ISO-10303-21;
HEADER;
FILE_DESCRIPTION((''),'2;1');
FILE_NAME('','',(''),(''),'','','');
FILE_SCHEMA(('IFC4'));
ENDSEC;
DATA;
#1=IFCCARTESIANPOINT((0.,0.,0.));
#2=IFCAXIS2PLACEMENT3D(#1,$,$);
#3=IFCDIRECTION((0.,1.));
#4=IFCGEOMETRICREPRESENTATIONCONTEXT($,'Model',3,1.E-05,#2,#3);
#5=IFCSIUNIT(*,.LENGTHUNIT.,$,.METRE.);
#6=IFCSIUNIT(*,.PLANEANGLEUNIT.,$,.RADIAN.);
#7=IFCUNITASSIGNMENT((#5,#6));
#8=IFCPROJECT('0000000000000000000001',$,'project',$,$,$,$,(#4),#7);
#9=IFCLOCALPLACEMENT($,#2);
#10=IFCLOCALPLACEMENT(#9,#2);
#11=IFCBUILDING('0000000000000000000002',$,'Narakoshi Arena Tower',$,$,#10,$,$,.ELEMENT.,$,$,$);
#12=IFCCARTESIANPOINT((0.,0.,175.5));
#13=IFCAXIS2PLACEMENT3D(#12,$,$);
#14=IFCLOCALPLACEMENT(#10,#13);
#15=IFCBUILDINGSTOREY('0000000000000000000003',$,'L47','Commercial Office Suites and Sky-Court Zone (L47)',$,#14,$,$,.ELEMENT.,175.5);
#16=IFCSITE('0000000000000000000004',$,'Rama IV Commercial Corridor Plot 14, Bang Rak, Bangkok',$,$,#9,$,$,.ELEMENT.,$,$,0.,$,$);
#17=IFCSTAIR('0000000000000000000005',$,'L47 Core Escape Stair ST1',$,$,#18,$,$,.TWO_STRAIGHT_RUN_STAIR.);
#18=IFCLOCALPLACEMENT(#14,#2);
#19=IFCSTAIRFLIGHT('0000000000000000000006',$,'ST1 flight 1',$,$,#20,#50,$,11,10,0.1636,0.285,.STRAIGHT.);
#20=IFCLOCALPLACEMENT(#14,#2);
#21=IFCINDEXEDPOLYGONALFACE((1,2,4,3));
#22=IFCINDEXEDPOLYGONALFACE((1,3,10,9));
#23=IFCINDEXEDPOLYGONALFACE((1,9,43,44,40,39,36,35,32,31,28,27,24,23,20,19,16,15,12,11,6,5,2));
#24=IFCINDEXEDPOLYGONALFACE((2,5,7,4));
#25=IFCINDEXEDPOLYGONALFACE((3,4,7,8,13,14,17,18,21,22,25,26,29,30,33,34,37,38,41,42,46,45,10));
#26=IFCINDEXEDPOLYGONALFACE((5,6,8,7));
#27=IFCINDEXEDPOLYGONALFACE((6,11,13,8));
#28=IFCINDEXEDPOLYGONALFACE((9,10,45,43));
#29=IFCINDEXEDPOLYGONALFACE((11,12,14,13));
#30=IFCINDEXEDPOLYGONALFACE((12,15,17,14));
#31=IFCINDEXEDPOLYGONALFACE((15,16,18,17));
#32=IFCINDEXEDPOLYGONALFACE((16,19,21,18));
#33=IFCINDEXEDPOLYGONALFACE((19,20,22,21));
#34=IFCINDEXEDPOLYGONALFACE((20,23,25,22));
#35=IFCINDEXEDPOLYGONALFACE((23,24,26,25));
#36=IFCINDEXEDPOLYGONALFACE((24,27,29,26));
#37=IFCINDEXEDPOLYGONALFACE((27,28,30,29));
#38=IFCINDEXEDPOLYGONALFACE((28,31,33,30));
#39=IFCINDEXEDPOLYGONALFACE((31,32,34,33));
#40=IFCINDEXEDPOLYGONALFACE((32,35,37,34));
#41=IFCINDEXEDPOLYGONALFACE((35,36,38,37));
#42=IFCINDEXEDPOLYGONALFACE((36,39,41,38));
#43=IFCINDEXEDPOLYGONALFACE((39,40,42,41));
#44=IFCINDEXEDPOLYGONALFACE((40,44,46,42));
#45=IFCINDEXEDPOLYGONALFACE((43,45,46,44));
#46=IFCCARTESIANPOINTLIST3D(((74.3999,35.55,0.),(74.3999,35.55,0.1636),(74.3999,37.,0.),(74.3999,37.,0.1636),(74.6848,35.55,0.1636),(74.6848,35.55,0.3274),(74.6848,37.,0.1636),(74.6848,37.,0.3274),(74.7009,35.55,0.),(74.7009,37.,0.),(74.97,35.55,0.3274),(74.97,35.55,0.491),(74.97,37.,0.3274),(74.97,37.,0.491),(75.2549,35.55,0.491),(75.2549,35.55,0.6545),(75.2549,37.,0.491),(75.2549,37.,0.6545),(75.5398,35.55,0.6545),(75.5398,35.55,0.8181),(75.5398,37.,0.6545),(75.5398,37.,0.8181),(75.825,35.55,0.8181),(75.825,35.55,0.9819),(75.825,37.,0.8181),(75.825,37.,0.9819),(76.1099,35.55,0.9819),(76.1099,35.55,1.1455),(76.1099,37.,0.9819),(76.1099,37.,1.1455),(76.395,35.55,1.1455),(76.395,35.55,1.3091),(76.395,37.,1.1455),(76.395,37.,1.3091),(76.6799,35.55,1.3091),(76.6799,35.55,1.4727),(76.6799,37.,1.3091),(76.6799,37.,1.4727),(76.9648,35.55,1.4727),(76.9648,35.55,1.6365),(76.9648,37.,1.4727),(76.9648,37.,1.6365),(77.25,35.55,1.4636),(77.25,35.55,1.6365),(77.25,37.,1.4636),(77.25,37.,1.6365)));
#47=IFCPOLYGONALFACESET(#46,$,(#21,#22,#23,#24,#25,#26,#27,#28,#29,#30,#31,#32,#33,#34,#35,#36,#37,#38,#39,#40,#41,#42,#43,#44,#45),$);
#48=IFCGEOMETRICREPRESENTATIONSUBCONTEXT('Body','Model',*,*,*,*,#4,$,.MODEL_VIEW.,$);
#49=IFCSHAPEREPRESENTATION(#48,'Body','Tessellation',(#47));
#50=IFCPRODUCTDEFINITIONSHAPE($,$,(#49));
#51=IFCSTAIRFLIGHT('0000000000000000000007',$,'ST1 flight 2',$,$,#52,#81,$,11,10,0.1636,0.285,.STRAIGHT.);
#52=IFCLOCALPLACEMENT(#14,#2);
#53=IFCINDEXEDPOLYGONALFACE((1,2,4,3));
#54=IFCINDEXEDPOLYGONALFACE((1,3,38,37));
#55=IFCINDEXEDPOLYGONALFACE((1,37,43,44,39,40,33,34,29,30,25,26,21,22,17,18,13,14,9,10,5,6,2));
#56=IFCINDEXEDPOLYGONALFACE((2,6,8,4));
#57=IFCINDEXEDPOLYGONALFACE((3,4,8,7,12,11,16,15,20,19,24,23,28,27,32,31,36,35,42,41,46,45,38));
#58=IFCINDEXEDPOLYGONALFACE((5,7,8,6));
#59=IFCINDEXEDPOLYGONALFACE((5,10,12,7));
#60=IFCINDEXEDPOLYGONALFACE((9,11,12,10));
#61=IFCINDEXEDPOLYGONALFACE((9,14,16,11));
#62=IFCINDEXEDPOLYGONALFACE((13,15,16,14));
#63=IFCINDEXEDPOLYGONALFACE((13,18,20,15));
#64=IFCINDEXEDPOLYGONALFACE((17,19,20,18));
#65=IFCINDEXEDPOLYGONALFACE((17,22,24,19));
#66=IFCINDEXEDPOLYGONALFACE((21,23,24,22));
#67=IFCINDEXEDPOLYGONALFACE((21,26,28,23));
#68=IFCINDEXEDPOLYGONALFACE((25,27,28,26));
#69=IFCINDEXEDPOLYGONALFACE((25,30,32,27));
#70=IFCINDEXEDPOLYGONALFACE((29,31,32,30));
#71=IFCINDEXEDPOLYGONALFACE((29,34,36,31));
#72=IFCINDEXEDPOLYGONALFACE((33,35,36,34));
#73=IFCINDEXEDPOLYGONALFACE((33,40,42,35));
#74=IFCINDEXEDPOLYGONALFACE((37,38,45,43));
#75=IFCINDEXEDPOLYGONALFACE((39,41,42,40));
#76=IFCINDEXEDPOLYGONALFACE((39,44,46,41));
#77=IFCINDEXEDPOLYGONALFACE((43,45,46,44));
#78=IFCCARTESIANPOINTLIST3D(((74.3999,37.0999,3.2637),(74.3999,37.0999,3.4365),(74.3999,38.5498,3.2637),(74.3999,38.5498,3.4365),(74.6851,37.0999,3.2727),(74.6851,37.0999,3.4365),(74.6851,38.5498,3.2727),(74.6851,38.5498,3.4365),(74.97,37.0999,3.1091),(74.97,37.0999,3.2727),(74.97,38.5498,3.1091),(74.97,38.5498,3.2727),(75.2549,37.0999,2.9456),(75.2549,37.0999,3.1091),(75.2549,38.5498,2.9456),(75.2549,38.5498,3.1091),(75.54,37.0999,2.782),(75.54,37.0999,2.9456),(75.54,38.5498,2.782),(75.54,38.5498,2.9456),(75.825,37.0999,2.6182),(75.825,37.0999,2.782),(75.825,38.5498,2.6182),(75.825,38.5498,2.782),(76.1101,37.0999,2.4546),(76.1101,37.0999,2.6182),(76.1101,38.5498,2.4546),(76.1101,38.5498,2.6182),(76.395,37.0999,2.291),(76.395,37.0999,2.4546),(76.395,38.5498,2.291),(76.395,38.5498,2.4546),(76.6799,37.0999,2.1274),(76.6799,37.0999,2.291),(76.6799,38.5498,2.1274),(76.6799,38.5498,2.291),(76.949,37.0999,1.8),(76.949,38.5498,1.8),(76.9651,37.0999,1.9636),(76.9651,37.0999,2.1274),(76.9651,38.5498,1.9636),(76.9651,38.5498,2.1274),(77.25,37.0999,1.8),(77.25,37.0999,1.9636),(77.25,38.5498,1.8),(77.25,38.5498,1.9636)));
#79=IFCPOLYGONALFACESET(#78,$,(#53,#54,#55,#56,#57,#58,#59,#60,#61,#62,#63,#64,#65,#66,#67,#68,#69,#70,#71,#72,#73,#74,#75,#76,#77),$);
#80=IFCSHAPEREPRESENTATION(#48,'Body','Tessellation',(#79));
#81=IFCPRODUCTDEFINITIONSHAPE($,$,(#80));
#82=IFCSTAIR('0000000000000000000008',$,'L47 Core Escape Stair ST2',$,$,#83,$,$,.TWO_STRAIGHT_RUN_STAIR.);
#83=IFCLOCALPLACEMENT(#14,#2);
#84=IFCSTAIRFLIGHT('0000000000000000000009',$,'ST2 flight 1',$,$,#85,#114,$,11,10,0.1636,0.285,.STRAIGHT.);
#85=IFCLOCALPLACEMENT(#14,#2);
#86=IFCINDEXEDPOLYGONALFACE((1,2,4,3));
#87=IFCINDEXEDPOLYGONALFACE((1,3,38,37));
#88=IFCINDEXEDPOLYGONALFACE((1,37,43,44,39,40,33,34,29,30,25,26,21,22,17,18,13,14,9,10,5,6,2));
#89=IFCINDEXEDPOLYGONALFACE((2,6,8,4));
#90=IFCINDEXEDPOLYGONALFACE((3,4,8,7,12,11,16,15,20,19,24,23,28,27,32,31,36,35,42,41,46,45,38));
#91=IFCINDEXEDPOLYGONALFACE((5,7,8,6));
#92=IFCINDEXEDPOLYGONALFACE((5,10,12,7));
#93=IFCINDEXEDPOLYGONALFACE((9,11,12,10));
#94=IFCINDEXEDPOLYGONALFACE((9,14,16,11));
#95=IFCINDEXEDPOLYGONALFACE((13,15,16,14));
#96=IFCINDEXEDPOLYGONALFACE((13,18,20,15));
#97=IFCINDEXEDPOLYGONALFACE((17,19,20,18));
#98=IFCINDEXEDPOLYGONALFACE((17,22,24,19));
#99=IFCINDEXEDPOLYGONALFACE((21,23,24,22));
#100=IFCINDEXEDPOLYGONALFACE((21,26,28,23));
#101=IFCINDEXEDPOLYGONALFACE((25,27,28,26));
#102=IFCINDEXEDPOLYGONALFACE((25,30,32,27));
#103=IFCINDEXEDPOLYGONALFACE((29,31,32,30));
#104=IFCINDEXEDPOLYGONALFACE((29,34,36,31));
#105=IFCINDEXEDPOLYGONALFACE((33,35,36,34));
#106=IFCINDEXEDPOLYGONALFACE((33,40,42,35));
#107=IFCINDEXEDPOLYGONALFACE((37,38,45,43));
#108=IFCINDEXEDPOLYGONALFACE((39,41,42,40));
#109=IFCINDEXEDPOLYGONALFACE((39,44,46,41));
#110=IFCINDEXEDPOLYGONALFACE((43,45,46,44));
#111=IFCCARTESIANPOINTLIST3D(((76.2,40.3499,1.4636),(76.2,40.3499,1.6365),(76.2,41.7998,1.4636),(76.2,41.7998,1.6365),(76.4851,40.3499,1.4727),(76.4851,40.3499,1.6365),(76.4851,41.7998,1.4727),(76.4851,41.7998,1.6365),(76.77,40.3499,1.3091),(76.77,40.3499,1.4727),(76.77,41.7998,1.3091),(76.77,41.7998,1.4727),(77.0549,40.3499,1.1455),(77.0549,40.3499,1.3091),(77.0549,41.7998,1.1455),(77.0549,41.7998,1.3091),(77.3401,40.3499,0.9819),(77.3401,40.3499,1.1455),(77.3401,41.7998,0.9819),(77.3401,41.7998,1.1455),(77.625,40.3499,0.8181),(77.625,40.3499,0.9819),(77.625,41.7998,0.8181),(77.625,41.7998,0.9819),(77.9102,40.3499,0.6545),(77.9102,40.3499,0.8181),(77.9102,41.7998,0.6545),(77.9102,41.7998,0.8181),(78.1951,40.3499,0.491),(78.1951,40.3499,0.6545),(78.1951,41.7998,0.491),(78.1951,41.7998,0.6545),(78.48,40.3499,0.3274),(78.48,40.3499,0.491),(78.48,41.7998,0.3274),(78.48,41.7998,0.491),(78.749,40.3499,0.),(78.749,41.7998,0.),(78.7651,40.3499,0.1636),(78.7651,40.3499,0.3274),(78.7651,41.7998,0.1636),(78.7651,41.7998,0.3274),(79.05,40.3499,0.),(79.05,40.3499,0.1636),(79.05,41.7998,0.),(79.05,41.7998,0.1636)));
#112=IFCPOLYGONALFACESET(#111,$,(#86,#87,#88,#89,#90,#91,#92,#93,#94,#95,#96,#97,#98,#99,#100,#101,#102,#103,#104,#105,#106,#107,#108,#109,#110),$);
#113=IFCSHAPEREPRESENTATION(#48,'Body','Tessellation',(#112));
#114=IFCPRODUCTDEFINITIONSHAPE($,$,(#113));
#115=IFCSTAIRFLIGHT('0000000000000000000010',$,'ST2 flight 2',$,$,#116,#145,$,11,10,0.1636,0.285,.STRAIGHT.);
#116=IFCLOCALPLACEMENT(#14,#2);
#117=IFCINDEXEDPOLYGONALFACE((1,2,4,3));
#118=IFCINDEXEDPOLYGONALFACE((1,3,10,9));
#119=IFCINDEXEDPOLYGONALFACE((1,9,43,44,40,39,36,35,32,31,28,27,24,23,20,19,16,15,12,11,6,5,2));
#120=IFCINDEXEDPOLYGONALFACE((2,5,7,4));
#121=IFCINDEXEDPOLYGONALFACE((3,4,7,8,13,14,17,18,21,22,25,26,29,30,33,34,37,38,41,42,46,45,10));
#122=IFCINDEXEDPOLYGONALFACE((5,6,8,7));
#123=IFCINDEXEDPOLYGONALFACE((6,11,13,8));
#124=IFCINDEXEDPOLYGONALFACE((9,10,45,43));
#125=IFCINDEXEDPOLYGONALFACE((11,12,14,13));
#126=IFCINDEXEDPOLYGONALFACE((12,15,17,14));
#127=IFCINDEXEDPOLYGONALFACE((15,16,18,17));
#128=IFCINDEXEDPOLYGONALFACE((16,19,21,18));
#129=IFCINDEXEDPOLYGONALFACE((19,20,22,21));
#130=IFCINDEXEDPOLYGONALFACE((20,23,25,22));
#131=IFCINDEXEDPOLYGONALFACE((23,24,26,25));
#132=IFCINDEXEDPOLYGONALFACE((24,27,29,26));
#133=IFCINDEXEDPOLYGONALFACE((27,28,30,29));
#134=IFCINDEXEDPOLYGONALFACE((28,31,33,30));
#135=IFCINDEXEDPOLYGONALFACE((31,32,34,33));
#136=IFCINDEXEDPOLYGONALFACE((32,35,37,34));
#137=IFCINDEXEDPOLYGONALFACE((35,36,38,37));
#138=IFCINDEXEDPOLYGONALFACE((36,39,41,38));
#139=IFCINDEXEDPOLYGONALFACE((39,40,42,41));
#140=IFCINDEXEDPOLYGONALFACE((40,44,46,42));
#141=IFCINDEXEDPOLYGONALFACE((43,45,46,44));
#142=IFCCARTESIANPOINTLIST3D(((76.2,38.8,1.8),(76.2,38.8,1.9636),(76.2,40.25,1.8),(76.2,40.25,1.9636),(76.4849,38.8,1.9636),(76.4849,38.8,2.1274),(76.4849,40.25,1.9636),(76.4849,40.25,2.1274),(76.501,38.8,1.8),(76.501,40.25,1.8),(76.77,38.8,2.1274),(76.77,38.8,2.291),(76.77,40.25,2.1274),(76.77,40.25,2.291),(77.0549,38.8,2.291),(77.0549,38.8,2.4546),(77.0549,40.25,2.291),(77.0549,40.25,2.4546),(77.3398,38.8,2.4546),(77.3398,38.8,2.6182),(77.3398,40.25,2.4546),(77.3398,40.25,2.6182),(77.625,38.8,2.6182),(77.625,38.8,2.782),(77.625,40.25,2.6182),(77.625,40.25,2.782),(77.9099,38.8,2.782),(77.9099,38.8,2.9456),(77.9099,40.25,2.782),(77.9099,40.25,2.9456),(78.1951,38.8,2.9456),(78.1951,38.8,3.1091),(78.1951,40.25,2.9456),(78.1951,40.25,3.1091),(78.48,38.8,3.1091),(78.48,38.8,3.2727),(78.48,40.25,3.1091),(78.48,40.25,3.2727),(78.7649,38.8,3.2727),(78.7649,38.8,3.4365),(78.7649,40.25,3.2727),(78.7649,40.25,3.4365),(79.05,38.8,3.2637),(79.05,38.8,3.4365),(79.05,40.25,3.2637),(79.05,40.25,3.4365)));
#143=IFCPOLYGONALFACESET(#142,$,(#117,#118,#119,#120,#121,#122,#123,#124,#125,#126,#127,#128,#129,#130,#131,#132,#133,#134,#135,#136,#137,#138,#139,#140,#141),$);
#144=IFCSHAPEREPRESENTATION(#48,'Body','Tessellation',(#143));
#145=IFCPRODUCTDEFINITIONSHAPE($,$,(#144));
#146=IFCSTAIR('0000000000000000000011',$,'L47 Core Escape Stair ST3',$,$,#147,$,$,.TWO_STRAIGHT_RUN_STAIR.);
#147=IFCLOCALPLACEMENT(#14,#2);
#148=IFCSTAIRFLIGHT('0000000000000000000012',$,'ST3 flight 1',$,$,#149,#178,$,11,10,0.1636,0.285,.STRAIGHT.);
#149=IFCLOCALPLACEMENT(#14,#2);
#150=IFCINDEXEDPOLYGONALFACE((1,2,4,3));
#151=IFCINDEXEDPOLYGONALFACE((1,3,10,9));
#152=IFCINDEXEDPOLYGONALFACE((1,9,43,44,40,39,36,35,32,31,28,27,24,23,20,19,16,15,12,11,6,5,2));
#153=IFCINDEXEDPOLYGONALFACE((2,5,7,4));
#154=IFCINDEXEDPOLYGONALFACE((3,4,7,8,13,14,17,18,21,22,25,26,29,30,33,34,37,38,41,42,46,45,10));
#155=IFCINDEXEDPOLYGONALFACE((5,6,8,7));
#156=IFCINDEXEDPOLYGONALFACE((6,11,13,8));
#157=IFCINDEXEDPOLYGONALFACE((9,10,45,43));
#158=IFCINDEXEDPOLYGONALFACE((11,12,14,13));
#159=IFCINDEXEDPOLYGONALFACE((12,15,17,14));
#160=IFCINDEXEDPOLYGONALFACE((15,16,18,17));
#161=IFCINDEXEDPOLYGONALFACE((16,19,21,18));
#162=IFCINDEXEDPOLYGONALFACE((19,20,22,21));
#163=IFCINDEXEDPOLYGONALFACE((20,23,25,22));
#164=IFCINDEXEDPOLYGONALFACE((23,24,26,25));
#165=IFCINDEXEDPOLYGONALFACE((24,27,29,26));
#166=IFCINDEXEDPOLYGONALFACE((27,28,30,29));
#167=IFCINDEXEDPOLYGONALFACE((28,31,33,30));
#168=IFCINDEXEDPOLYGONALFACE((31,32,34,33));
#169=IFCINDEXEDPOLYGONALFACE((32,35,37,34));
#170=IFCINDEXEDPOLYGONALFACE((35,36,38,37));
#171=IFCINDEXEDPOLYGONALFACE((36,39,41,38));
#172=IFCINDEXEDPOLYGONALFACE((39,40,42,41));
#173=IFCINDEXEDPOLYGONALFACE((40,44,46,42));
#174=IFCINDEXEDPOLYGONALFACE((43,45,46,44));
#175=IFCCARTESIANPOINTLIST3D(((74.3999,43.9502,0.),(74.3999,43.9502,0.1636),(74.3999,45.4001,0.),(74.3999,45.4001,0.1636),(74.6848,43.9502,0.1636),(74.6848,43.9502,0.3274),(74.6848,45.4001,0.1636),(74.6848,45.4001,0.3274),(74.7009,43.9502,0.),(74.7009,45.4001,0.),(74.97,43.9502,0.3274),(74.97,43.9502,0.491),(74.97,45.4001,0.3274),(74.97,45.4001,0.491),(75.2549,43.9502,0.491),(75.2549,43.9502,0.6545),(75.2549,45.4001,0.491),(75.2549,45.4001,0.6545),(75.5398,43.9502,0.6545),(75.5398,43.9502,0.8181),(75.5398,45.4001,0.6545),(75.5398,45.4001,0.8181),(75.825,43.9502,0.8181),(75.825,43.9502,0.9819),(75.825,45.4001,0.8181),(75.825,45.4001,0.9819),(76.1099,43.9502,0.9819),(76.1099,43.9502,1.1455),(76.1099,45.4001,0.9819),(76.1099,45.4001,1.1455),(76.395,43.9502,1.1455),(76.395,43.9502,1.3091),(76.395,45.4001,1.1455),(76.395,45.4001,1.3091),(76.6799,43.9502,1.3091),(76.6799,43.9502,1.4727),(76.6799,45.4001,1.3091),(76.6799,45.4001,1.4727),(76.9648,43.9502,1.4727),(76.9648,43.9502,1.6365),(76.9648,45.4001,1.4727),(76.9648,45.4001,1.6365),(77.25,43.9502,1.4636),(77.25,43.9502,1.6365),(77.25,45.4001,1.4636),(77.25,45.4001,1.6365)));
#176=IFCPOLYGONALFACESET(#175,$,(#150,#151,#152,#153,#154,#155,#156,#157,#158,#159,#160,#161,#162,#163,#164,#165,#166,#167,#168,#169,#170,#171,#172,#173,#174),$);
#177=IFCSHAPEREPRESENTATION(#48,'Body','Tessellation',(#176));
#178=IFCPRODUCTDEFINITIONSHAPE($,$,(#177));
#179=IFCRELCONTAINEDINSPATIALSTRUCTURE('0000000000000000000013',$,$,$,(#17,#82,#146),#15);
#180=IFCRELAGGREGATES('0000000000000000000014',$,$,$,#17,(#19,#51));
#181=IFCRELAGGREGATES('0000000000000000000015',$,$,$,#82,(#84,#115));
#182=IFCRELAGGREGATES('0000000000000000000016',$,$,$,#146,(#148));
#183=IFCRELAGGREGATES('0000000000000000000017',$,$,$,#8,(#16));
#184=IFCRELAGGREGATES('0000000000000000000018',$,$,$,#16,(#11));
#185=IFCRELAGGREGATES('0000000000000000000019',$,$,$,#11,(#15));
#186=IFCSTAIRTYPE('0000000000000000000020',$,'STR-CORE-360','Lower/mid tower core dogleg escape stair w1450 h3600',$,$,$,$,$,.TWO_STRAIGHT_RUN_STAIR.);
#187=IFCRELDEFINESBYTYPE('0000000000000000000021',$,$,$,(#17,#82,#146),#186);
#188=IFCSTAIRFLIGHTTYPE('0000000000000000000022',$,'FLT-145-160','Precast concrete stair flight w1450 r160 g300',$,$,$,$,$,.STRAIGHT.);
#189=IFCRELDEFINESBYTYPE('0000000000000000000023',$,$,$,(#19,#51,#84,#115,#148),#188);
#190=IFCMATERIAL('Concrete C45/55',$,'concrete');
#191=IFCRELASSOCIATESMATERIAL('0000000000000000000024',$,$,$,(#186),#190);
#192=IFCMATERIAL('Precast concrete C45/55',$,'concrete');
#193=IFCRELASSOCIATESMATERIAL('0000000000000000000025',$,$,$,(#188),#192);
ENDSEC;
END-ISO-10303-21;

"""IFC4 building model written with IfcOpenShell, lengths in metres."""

from ifc_helpers import new_model, si_unit, direction, frame, origin, place, context, subcontext, project, spatial, polyline, outline, extrude, material, type_object, element, aggregate, save


model = new_model("IFC4")

# Units and contexts
model_context = context("Model", 3, precision=1e-05, world=origin(), true_north=direction((0.0, 1.0)))
body_context = subcontext(model_context, "Body", "Model", "MODEL_VIEW")
ifc_project = project(units=[si_unit("LENGTHUNIT", "METRE"), si_unit("PLANEANGLEUNIT", "RADIAN")], contexts=[model_context])

# Site, building, storey
site_placement = place(None, origin())
site = spatial("IfcSite", under=ifc_project, at=site_placement, Name="Rama IV Commercial Corridor Plot 14, Bang Rak, Bangkok", CompositionType="ELEMENT", RefElevation=0.0)
building_placement = place(site_placement, origin())
building = spatial("IfcBuilding", under=site, at=building_placement, Name="Narakoshi Arena Tower", CompositionType="ELEMENT")
storey_placement = place(building_placement, frame((0.0, 0.0, 175.5)))
storey = spatial("IfcBuildingStorey", under=building, at=storey_placement, Name="L47", Description="Commercial Office Suites and Sky-Court Zone (L47)", CompositionType="ELEMENT", Elevation=175.5)

# Shared definitions
ifc_material_1 = material(Name="Precast concrete C45/55", Category="concrete")

# Stairs, stair flights
ifc_material_2 = material(Name="Concrete C45/55", Category="concrete")
stair_type = type_object("IfcStairType", Name="STR-CORE-360", Description="Lower/mid tower core dogleg escape stair w1450 h3600", PredefinedType="TWO_STRAIGHT_RUN_STAIR", material=ifc_material_2)
stair_1_placement = place(storey_placement, origin())
stair_1 = element("IfcStair", 1, at=stair_1_placement, inside=storey, type_object=stair_type, Name="L47 Core Escape Stair ST1", PredefinedType="TWO_STRAIGHT_RUN_STAIR")
stair_flight_type = type_object("IfcStairFlightType", Name="FLT-145-160", Description="Precast concrete stair flight w1450 r160 g300", PredefinedType="STRAIGHT", material=ifc_material_1)
stair_flight_1_placement = place(storey_placement, frame((74.3999, 36.2749, 0.0), z_axis=(0.0, 0.0, 1.0), x_axis=(1.0, 0.0, 0.0)))
stair_flight_1 = element("IfcStairFlight", 2, at=stair_flight_1_placement, type_object=stair_flight_type, Name="ST1 flight 1", NumberOfRisers=11, NumberOfTreads=10, PredefinedType="STRAIGHT", RiserHeight=0.1636, TreadLength=0.285, context=body_context, shape_type="SweptSolid", body=[
    extrude(outline(polyline([(0.0, 0.0), (0.0, 0.1636), (0.2849, 0.1636), (0.2849, 0.3274), (0.5701, 0.3274), (0.5701, 0.491), (0.855, 0.491), (0.855, 0.6545), (1.1399, 0.6545), (1.1399, 0.8181), (1.425, 0.8181), (1.425, 0.9819), (1.71, 0.9819), (1.71, 1.1455), (1.9951, 1.1455), (1.9951, 1.3091), (2.28, 1.3091), (2.28, 1.4727), (2.5649, 1.4727), (2.5649, 1.6365), (2.8501, 1.6365), (2.8501, 1.8), (2.8501, 1.4636), (0.301, 0.0), (0.0, 0.0)])), frame((0.0, 0.7251, 0.0), z_axis=(0.0, -1.0, 0.0), x_axis=(1.0, 0.0, 0.0)), (0.0, 0.0, 1.0), 1.45),
])
stair_flight_2_placement = place(storey_placement, frame((77.25, 37.825, 1.8), z_axis=(0.0, 0.0, 1.0), x_axis=(-1.0, 0.0, 0.0)))
stair_flight_2 = element("IfcStairFlight", 3, at=stair_flight_2_placement, type_object=stair_flight_type, Name="ST1 flight 2", NumberOfRisers=11, NumberOfTreads=10, PredefinedType="STRAIGHT", RiserHeight=0.1636, TreadLength=0.285, context=body_context, shape_type="SweptSolid", body=[
    extrude(outline(polyline([(0.0, 0.0), (0.0, 0.1636), (0.2849, 0.1636), (0.2849, 0.3274), (0.5701, 0.3274), (0.5701, 0.491), (0.855, 0.491), (0.855, 0.6545), (1.1399, 0.6545), (1.1399, 0.8181), (1.425, 0.8181), (1.425, 0.9819), (1.71, 0.9819), (1.71, 1.1455), (1.9951, 1.1455), (1.9951, 1.3091), (2.28, 1.3091), (2.28, 1.4727), (2.5649, 1.4727), (2.5649, 1.6365), (2.8501, 1.6365), (2.8501, 1.8), (2.8501, 1.4636), (0.301, 0.0), (0.0, 0.0)])), frame((0.0, 0.7251, 0.0), z_axis=(0.0, -1.0, 0.0), x_axis=(1.0, 0.0, 0.0)), (0.0, 0.0, 1.0), 1.45),
])
aggregate(stair_1, [stair_flight_1, stair_flight_2])
stair_2_placement = place(storey_placement, origin())
stair_2 = element("IfcStair", 4, at=stair_2_placement, inside=storey, type_object=stair_type, Name="L47 Core Escape Stair ST2", PredefinedType="TWO_STRAIGHT_RUN_STAIR")
stair_flight_3_placement = place(storey_placement, frame((79.05, 41.075, 0.0), z_axis=(0.0, 0.0, 1.0), x_axis=(-1.0, 0.0, 0.0)))
stair_flight_3 = element("IfcStairFlight", 5, at=stair_flight_3_placement, type_object=stair_flight_type, Name="ST2 flight 1", NumberOfRisers=11, NumberOfTreads=10, PredefinedType="STRAIGHT", RiserHeight=0.1636, TreadLength=0.285, context=body_context, shape_type="SweptSolid", body=[
    extrude(outline(polyline([(0.0, 0.0), (0.0, 0.1636), (0.2849, 0.1636), (0.2849, 0.3274), (0.5701, 0.3274), (0.5701, 0.491), (0.855, 0.491), (0.855, 0.6545), (1.1399, 0.6545), (1.1399, 0.8181), (1.425, 0.8181), (1.425, 0.9819), (1.71, 0.9819), (1.71, 1.1455), (1.9951, 1.1455), (1.9951, 1.3091), (2.28, 1.3091), (2.28, 1.4727), (2.5649, 1.4727), (2.5649, 1.6365), (2.8501, 1.6365), (2.8501, 1.8), (2.8501, 1.4636), (0.301, 0.0), (0.0, 0.0)])), frame((0.0, 0.7251, 0.0), z_axis=(0.0, -1.0, 0.0), x_axis=(1.0, 0.0, 0.0)), (0.0, 0.0, 1.0), 1.45),
])
stair_flight_4_placement = place(storey_placement, frame((76.2, 39.5249, 1.8), z_axis=(0.0, 0.0, 1.0), x_axis=(1.0, 0.0, 0.0)))
stair_flight_4 = element("IfcStairFlight", 6, at=stair_flight_4_placement, type_object=stair_flight_type, Name="ST2 flight 2", NumberOfRisers=11, NumberOfTreads=10, PredefinedType="STRAIGHT", RiserHeight=0.1636, TreadLength=0.285, context=body_context, shape_type="SweptSolid", body=[
    extrude(outline(polyline([(0.0, 0.0), (0.0, 0.1636), (0.2849, 0.1636), (0.2849, 0.3274), (0.5701, 0.3274), (0.5701, 0.491), (0.855, 0.491), (0.855, 0.6545), (1.1399, 0.6545), (1.1399, 0.8181), (1.425, 0.8181), (1.425, 0.9819), (1.71, 0.9819), (1.71, 1.1455), (1.9951, 1.1455), (1.9951, 1.3091), (2.28, 1.3091), (2.28, 1.4727), (2.5649, 1.4727), (2.5649, 1.6365), (2.8501, 1.6365), (2.8501, 1.8), (2.8501, 1.4636), (0.301, 0.0), (0.0, 0.0)])), frame((0.0, 0.7251, 0.0), z_axis=(0.0, -1.0, 0.0), x_axis=(1.0, 0.0, 0.0)), (0.0, 0.0, 1.0), 1.45),
])
aggregate(stair_2, [stair_flight_3, stair_flight_4])
stair_3_placement = place(storey_placement, origin())
stair_3 = element("IfcStair", 7, at=stair_3_placement, inside=storey, type_object=stair_type, Name="L47 Core Escape Stair ST3", PredefinedType="TWO_STRAIGHT_RUN_STAIR")
stair_flight_5_placement = place(storey_placement, frame((74.3999, 44.675, 0.0), z_axis=(0.0, 0.0, 1.0), x_axis=(1.0, 0.0, 0.0)))
stair_flight_5 = element("IfcStairFlight", 8, at=stair_flight_5_placement, type_object=stair_flight_type, Name="ST3 flight 1", NumberOfRisers=11, NumberOfTreads=10, PredefinedType="STRAIGHT", RiserHeight=0.1636, TreadLength=0.285, context=body_context, shape_type="SweptSolid", body=[
    extrude(outline(polyline([(0.0, 0.0), (0.0, 0.1636), (0.2849, 0.1636), (0.2849, 0.3274), (0.5701, 0.3274), (0.5701, 0.491), (0.855, 0.491), (0.855, 0.6545), (1.1399, 0.6545), (1.1399, 0.8181), (1.425, 0.8181), (1.425, 0.9819), (1.71, 0.9819), (1.71, 1.1455), (1.9951, 1.1455), (1.9951, 1.3091), (2.28, 1.3091), (2.28, 1.4727), (2.5649, 1.4727), (2.5649, 1.6365), (2.8501, 1.6365), (2.8501, 1.8), (2.8501, 1.4636), (0.301, 0.0), (0.0, 0.0)])), frame((0.0, 0.7251, 0.0), z_axis=(0.0, -1.0, 0.0), x_axis=(1.0, 0.0, 0.0)), (0.0, 0.0, 1.0), 1.45),
])
aggregate(stair_3, [stair_flight_5])

save(model, "model.ifc")
